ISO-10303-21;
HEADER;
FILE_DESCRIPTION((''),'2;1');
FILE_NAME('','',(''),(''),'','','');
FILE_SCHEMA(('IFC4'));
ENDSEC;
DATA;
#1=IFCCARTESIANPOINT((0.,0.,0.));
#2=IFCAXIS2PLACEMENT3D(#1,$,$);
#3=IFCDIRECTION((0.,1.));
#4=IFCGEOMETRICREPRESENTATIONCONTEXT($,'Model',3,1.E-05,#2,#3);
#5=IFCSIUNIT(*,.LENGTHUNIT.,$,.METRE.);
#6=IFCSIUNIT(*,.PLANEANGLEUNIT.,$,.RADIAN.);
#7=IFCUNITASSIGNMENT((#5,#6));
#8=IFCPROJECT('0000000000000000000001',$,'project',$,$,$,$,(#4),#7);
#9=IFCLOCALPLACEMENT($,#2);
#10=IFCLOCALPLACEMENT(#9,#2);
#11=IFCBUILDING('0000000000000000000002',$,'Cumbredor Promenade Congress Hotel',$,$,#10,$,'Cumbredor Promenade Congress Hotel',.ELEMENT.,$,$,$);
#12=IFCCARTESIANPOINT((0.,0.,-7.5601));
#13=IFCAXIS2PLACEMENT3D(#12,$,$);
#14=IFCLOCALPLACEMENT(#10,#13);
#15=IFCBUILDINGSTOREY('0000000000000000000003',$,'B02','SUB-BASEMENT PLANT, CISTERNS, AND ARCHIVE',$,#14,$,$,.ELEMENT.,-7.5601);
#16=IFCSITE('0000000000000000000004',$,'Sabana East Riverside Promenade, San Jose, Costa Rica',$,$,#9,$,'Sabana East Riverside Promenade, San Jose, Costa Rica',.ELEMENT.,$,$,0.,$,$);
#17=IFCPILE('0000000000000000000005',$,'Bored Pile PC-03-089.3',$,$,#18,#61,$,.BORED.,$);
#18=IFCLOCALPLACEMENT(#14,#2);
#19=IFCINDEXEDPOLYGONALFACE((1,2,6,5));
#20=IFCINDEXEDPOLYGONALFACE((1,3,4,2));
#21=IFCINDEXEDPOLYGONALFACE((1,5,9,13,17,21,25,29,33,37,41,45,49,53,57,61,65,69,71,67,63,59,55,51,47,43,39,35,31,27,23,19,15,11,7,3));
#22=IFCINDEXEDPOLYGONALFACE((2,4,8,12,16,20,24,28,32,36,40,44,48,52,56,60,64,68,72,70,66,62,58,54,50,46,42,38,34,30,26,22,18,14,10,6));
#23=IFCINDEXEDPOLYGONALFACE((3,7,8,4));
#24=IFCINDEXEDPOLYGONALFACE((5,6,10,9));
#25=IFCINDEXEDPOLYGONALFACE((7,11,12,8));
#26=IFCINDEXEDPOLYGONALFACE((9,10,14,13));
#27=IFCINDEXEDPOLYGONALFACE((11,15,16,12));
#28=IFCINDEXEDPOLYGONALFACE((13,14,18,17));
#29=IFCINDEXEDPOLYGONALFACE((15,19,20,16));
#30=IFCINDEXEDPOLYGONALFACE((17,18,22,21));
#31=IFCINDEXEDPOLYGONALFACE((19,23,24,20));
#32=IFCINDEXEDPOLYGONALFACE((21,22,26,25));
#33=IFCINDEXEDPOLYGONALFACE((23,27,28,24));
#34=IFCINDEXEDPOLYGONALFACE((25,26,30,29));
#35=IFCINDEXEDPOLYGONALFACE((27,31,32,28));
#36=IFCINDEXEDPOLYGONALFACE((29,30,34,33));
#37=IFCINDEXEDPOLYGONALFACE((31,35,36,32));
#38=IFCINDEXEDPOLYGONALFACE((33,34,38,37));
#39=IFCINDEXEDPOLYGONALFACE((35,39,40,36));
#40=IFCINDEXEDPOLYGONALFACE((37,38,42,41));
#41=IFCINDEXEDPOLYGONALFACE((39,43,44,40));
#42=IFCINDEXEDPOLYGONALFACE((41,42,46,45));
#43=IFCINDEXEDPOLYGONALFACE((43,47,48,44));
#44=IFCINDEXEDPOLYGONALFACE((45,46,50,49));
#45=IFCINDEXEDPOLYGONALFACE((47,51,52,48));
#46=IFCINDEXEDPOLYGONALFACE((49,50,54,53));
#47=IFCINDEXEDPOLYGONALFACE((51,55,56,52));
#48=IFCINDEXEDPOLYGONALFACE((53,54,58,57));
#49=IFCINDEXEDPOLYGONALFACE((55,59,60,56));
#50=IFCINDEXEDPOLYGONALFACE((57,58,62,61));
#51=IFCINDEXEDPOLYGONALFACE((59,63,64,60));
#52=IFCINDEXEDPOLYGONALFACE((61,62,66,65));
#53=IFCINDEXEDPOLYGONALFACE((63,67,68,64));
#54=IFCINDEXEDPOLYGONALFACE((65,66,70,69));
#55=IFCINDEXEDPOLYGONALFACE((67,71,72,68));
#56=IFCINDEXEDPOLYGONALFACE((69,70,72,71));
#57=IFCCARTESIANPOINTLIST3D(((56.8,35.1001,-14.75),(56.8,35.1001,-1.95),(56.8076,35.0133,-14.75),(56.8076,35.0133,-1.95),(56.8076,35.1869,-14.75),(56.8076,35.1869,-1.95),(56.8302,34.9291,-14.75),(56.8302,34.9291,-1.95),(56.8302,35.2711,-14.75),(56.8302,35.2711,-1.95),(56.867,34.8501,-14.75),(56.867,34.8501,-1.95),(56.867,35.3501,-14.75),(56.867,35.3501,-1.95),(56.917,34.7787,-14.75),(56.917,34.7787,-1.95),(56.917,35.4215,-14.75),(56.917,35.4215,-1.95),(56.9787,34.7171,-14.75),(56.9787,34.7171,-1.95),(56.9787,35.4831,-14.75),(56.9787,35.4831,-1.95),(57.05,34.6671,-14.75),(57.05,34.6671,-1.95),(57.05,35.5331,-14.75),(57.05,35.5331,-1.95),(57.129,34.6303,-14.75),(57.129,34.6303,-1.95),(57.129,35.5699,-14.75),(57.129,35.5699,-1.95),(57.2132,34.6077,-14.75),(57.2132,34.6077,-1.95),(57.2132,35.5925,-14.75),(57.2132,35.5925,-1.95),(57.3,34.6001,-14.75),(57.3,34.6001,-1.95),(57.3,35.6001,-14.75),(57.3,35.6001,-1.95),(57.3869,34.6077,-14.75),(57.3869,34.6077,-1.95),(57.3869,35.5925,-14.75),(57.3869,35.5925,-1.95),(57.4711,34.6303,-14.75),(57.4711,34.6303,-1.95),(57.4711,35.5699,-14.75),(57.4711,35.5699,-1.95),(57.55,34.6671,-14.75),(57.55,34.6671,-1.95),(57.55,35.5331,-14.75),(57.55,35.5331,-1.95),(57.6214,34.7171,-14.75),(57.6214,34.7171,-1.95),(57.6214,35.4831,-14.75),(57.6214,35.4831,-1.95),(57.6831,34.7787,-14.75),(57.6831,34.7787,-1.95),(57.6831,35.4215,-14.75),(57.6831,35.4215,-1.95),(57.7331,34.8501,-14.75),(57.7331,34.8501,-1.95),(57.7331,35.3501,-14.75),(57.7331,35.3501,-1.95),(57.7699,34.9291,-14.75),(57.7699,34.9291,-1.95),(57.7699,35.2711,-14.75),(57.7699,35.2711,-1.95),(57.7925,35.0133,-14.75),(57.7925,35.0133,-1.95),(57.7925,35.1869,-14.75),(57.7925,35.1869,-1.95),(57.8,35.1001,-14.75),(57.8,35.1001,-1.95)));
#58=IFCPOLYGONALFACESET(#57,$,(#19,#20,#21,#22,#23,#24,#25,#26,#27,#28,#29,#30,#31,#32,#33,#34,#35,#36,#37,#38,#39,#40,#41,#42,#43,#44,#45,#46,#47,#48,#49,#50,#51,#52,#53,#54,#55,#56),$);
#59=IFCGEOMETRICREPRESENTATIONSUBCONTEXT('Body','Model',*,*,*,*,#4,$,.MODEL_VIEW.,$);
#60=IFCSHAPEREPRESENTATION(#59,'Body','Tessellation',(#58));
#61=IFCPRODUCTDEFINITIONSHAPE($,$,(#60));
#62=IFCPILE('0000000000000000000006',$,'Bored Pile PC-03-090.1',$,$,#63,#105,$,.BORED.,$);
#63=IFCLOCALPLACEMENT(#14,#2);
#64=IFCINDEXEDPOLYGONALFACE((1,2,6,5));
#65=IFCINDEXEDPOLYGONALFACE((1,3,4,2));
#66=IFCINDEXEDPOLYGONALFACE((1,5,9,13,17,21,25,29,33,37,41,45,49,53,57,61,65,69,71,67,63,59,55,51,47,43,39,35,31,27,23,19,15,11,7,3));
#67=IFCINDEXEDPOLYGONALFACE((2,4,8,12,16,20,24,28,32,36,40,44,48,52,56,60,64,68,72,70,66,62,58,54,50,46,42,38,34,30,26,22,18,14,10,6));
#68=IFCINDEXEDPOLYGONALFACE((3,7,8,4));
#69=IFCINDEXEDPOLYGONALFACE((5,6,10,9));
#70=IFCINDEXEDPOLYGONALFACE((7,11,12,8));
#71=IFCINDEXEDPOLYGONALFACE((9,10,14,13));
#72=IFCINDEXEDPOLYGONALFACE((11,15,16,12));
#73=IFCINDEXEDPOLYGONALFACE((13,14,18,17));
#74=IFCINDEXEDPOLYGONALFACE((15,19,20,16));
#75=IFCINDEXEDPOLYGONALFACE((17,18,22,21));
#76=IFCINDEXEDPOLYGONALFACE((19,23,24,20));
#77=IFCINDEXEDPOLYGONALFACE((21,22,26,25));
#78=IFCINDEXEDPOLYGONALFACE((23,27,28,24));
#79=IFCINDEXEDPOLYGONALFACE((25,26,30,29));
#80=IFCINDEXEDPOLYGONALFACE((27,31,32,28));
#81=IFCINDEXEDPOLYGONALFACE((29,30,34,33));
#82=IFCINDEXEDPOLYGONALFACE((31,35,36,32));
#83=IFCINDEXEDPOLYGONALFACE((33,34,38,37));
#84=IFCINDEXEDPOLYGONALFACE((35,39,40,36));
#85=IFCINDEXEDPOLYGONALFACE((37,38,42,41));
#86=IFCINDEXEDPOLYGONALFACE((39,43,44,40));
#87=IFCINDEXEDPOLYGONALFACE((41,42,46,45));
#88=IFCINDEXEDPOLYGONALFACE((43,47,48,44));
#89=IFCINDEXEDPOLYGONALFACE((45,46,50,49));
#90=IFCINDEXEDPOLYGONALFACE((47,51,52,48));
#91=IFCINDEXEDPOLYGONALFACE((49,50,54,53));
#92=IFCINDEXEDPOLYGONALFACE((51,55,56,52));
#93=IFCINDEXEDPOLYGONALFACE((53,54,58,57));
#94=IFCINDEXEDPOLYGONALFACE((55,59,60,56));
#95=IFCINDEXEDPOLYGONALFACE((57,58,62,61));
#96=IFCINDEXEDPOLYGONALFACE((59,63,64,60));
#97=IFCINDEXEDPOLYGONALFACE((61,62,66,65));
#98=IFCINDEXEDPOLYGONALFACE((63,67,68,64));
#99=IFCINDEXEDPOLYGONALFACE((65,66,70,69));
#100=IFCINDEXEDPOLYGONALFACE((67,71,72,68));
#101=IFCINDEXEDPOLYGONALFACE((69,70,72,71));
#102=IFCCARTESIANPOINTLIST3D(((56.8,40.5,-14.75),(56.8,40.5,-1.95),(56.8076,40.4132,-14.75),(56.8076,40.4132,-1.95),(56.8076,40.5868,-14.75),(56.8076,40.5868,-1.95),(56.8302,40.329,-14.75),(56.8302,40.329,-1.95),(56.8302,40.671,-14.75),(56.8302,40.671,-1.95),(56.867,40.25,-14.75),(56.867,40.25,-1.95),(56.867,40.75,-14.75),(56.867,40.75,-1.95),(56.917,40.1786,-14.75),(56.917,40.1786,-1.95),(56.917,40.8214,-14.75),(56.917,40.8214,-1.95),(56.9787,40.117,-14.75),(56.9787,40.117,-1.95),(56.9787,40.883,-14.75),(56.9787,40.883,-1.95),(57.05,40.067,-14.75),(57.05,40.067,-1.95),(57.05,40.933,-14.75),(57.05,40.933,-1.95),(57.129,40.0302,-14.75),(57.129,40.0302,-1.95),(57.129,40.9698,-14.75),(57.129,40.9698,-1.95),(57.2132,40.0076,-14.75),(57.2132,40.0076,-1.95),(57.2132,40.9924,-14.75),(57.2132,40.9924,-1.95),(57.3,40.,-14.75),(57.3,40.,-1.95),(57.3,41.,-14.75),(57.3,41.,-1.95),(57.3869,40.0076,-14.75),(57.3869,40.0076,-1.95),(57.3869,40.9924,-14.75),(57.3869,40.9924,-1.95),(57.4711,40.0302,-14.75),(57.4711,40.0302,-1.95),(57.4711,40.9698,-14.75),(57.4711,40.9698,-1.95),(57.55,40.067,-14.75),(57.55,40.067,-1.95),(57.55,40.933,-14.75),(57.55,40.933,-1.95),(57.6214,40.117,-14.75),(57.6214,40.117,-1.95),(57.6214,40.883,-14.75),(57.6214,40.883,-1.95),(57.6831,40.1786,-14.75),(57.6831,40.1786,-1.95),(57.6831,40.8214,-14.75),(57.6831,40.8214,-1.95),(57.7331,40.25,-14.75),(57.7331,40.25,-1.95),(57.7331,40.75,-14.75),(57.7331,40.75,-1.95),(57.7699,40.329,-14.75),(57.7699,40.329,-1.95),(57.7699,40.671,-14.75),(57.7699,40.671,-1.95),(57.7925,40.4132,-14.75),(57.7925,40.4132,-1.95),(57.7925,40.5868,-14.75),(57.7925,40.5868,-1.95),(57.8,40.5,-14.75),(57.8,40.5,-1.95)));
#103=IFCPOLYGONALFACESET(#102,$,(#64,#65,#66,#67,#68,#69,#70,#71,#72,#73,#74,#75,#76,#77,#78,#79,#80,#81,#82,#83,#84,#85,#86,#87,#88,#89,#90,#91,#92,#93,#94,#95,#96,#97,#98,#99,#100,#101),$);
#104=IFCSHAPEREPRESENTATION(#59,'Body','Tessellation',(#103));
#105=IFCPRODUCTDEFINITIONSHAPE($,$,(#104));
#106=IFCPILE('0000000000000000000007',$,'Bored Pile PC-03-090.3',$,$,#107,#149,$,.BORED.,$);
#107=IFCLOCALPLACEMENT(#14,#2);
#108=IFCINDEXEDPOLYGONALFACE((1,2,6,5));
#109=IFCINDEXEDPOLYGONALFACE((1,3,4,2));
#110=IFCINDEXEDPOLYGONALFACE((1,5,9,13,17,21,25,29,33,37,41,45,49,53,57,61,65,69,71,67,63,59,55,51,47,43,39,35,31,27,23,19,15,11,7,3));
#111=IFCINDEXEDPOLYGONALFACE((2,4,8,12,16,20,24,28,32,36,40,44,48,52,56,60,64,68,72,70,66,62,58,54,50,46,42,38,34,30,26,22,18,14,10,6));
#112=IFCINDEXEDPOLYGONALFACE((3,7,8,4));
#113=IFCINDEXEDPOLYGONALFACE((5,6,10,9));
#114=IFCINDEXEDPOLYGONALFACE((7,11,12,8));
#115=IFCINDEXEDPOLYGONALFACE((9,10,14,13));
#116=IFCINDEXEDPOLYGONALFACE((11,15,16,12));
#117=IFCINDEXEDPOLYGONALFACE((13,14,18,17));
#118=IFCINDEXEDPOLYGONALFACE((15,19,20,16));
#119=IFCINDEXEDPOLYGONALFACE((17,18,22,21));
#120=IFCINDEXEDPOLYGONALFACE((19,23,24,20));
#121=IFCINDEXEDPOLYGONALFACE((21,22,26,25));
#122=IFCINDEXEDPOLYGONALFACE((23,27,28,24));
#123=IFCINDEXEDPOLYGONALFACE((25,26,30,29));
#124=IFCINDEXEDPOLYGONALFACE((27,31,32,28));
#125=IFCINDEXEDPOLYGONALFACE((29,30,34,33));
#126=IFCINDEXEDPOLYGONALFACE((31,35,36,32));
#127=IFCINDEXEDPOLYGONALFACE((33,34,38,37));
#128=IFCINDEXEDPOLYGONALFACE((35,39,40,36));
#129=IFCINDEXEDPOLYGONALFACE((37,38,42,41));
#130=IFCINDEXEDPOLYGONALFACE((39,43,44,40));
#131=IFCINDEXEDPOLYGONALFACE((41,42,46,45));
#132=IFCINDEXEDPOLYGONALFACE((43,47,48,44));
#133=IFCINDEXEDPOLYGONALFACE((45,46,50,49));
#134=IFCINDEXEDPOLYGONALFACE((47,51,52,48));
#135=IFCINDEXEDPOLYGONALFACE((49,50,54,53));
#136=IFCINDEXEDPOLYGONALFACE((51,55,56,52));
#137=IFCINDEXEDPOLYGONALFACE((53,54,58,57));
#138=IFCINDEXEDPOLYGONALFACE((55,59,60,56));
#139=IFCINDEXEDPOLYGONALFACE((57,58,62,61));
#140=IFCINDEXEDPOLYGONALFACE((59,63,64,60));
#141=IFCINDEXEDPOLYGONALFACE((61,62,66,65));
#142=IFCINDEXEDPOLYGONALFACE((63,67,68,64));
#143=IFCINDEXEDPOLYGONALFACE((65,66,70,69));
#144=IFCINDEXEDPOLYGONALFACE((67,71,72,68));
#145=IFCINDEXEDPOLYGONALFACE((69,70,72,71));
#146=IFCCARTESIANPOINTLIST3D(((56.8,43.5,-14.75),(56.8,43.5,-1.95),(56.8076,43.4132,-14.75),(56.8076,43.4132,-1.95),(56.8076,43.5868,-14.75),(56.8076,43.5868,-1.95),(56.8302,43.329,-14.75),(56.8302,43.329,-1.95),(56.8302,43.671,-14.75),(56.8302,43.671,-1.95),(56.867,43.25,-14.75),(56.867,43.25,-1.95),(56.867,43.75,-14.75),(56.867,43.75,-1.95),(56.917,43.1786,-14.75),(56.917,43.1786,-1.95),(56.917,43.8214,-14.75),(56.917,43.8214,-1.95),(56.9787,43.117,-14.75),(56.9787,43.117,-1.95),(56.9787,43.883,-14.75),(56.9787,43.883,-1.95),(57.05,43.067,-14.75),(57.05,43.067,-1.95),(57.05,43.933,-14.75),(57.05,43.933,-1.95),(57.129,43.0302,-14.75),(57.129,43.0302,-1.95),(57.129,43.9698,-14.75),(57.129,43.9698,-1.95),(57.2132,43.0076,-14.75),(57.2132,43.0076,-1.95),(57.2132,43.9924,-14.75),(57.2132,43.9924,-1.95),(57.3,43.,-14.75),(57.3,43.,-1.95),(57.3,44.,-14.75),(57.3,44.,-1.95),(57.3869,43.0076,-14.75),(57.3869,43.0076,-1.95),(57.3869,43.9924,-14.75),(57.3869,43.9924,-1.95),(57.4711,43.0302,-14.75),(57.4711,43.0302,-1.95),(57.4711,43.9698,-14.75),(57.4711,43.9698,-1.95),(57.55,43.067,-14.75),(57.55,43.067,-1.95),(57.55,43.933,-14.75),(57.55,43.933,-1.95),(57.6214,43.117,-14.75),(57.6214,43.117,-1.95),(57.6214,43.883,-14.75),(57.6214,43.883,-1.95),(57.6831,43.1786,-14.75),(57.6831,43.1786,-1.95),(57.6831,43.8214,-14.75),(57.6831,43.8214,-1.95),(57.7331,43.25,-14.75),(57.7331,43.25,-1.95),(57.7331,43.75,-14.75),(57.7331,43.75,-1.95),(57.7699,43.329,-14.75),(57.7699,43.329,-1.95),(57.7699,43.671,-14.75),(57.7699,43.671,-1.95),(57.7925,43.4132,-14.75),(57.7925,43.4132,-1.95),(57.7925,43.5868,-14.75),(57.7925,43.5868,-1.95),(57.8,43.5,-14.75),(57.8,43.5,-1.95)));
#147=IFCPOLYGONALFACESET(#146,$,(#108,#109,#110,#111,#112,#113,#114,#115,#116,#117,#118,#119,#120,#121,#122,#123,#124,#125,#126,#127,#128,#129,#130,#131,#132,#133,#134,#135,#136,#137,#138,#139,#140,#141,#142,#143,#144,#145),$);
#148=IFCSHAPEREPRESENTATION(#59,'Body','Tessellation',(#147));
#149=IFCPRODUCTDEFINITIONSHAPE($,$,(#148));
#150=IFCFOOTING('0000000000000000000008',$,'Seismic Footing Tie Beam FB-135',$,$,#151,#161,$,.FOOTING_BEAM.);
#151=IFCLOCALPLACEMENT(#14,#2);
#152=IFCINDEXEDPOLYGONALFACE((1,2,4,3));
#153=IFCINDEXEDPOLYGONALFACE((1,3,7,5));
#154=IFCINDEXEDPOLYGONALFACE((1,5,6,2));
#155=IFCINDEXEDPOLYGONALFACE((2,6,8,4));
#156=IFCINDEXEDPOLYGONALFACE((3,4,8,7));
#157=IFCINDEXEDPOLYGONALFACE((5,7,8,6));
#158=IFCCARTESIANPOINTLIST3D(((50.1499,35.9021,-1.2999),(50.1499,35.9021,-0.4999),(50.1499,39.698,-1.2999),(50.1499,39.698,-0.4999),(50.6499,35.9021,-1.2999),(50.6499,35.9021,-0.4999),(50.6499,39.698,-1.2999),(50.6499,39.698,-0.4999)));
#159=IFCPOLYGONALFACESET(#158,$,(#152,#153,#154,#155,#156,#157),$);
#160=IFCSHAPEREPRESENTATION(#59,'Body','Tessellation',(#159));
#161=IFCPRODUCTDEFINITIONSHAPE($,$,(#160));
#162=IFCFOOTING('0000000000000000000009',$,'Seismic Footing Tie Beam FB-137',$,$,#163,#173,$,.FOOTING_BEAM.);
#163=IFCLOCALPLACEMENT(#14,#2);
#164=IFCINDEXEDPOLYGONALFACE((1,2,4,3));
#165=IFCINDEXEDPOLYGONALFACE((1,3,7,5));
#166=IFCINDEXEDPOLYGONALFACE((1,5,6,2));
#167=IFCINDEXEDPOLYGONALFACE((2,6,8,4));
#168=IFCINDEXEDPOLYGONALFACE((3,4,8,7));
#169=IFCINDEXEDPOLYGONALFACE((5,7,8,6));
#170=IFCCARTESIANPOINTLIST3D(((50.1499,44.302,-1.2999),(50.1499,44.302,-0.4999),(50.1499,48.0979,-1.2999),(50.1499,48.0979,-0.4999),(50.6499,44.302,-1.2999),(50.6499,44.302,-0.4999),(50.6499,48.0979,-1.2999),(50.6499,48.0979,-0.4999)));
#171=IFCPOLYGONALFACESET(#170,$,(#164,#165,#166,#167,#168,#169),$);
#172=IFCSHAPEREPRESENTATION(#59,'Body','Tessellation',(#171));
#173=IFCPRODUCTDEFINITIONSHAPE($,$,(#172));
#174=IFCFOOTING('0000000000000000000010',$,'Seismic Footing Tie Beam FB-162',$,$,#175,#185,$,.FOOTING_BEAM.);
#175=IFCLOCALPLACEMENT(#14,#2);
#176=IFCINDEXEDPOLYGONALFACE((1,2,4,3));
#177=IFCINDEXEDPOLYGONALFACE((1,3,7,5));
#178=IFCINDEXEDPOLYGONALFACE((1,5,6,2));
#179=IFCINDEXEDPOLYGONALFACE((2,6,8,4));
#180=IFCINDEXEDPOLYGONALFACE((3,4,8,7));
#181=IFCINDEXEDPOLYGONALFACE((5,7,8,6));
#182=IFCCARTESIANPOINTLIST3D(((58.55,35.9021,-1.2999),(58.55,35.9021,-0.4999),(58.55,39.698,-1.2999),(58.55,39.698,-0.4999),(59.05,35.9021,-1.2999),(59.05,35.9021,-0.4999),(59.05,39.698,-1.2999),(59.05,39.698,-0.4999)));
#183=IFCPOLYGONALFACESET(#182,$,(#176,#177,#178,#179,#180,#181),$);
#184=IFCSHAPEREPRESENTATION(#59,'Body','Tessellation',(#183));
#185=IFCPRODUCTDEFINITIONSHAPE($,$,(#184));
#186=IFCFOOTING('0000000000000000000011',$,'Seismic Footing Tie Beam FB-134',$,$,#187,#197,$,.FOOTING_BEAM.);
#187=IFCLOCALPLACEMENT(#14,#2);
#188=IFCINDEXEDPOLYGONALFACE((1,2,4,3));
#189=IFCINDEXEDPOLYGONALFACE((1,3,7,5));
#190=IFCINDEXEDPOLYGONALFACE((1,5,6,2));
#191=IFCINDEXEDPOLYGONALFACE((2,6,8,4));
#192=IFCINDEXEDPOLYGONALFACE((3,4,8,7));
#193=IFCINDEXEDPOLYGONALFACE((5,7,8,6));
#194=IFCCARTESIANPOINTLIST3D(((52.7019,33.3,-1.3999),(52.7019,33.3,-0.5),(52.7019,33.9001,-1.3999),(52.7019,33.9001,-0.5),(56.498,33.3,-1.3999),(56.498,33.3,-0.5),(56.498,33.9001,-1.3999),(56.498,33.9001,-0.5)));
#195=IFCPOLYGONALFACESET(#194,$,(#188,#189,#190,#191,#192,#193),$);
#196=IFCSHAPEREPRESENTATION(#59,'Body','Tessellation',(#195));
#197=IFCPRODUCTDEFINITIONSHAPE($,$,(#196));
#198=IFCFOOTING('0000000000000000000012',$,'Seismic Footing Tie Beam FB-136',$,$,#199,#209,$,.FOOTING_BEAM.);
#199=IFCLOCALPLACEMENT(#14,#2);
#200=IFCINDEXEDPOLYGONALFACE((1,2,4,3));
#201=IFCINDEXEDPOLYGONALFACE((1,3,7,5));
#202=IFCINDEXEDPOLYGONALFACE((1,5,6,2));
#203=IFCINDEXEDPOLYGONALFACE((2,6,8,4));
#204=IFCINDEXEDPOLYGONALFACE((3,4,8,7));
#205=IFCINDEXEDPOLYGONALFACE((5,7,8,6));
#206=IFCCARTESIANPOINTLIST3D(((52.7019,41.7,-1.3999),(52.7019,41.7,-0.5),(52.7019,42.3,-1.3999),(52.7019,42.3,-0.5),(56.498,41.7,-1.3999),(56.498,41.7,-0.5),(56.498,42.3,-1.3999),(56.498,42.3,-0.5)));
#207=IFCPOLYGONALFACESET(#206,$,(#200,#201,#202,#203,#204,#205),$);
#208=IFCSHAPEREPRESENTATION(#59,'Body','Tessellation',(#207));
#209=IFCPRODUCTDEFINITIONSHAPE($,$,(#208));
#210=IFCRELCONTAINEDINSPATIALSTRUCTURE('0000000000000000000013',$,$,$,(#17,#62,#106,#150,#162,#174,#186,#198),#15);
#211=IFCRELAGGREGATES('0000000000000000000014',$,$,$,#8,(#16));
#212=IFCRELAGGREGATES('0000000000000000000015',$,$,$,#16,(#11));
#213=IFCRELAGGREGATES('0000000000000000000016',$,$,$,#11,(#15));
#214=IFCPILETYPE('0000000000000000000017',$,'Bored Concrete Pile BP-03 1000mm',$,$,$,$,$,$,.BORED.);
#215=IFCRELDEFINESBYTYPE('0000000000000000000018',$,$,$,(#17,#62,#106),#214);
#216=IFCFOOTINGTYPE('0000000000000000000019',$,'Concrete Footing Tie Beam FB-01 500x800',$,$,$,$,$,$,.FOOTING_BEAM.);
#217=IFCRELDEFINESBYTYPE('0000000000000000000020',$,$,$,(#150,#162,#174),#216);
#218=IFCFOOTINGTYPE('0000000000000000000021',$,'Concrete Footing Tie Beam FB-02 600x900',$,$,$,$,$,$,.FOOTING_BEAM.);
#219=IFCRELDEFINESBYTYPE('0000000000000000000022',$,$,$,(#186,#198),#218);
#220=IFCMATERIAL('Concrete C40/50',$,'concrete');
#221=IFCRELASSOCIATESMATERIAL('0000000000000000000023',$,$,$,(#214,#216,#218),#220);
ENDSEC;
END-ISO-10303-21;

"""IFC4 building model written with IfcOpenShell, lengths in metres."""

from ifc_helpers import new_model, si_unit, direction, frame, origin, origin_2d, place, context, subcontext, project, spatial, rectangle, circle, extrude, material, material_profile, profile_set, type_object, element, save


model = new_model("IFC4")

# Units and contexts
model_context = context("Model", 3, precision=1e-05, world=origin(), true_north=direction((0.0, 1.0)))
body_context = subcontext(model_context, "Body", "Model", "MODEL_VIEW")
ifc_project = project(units=[si_unit("LENGTHUNIT", "METRE"), si_unit("PLANEANGLEUNIT", "RADIAN")], contexts=[model_context])

# Site, building, storey
site_placement = place(None, origin())
site = spatial("IfcSite", under=ifc_project, at=site_placement, Name="Sabana East Riverside Promenade, San Jose, Costa Rica", LongName="Sabana East Riverside Promenade, San Jose, Costa Rica", CompositionType="ELEMENT", RefElevation=0.0)
building_placement = place(site_placement, origin())
building = spatial("IfcBuilding", under=site, at=building_placement, Name="Cumbredor Promenade Congress Hotel", LongName="Cumbredor Promenade Congress Hotel", CompositionType="ELEMENT")
storey_placement = place(building_placement, frame((0.0, 0.0, -7.5601)))
storey = spatial("IfcBuildingStorey", under=building, at=storey_placement, Name="B02", Description="SUB-BASEMENT PLANT, CISTERNS, AND ARCHIVE", CompositionType="ELEMENT", Elevation=-7.5601)

# Piles
ifc_material_1 = material(Name="Concrete C40/50", Category="concrete")
ifc_material_profile_1 = material_profile(ifc_material_1, circle(Radius=0.5, at=origin_2d()), Name="PILE D1000")
ifc_profile_set_1 = profile_set([ifc_material_profile_1], Name="Concrete C40/50")
pile_type = type_object("IfcPileType", Name="Bored Concrete Pile BP-03 1000mm", PredefinedType="BORED", material=ifc_profile_set_1)
for number, where, z_axis, x_axis, name in (
    (1, (57.3, 35.1001, -1.95), (0.0, 0.0, -1.0), (1.0, 0.0, 0.0), "Bored Pile PC-03-089.3"),
    (2, (57.3, 40.5, -1.95), (0.0, 0.0, -1.0), (1.0, 0.0, 0.0), "Bored Pile PC-03-090.1"),
    (3, (57.3, 43.5, -1.95), (0.0, 0.0, -1.0), (1.0, 0.0, 0.0), "Bored Pile PC-03-090.3"),
):
    element("IfcPile", number, at=place(storey_placement, frame(where, z_axis=z_axis, x_axis=x_axis)), inside=storey, type_object=pile_type, Name=name, PredefinedType="BORED", context=body_context, shape_type="SweptSolid", body=[
        extrude(circle(Radius=0.5, at=origin_2d()), origin(), (0.0, 0.0, 1.0), 12.8),
    ])

# Footings
ifc_material_profile_2 = material_profile(ifc_material_1, rectangle(XDim=0.5, YDim=0.8, at=origin_2d()), Name="FB 500x800")
ifc_profile_set_2 = profile_set([ifc_material_profile_2], Name="Concrete C40/50")
footing_type_1 = type_object("IfcFootingType", Name="Concrete Footing Tie Beam FB-01 500x800", PredefinedType="FOOTING_BEAM", material=ifc_profile_set_2)
for number, where, z_axis, x_axis, name in (
    (4, (50.3999, 35.9021, -0.8999), (0.0, 1.0, 0.0), (-1.0, 0.0, 0.0), "Seismic Footing Tie Beam FB-135"),
    (5, (50.3999, 44.302, -0.8999), (0.0, 1.0, 0.0), (-1.0, 0.0, 0.0), "Seismic Footing Tie Beam FB-137"),
    (6, (58.8, 35.9021, -0.8999), (0.0, 1.0, 0.0), (-1.0, 0.0, 0.0), "Seismic Footing Tie Beam FB-162"),
):
    element("IfcFooting", number, at=place(storey_placement, frame(where, z_axis=z_axis, x_axis=x_axis)), inside=storey, type_object=footing_type_1, Name=name, PredefinedType="FOOTING_BEAM", context=body_context, shape_type="SweptSolid", body=[
        extrude(rectangle(XDim=0.5, YDim=0.8, at=origin_2d()), origin(), (0.0, 0.0, 1.0), 3.7959),
    ])
ifc_material_profile_3 = material_profile(ifc_material_1, rectangle(XDim=0.6001, YDim=0.8999, at=origin_2d()), Name="FB 600x900")
ifc_profile_set_3 = profile_set([ifc_material_profile_3], Name="Concrete C40/50")
footing_type_2 = type_object("IfcFootingType", Name="Concrete Footing Tie Beam FB-02 600x900", PredefinedType="FOOTING_BEAM", material=ifc_profile_set_3)
for number, where, z_axis, x_axis, name in (
    (7, (52.7019, 33.6001, -0.95), (1.0, 0.0, 0.0), (0.0, 1.0, 0.0), "Seismic Footing Tie Beam FB-134"),
    (8, (52.7019, 42.0, -0.95), (1.0, 0.0, 0.0), (0.0, 1.0, 0.0), "Seismic Footing Tie Beam FB-136"),
):
    element("IfcFooting", number, at=place(storey_placement, frame(where, z_axis=z_axis, x_axis=x_axis)), inside=storey, type_object=footing_type_2, Name=name, PredefinedType="FOOTING_BEAM", context=body_context, shape_type="SweptSolid", body=[
        extrude(rectangle(XDim=0.6001, YDim=0.8999, at=origin_2d()), origin(), (0.0, 0.0, 1.0), 3.7961),
    ])

save(model, "model.ifc")
